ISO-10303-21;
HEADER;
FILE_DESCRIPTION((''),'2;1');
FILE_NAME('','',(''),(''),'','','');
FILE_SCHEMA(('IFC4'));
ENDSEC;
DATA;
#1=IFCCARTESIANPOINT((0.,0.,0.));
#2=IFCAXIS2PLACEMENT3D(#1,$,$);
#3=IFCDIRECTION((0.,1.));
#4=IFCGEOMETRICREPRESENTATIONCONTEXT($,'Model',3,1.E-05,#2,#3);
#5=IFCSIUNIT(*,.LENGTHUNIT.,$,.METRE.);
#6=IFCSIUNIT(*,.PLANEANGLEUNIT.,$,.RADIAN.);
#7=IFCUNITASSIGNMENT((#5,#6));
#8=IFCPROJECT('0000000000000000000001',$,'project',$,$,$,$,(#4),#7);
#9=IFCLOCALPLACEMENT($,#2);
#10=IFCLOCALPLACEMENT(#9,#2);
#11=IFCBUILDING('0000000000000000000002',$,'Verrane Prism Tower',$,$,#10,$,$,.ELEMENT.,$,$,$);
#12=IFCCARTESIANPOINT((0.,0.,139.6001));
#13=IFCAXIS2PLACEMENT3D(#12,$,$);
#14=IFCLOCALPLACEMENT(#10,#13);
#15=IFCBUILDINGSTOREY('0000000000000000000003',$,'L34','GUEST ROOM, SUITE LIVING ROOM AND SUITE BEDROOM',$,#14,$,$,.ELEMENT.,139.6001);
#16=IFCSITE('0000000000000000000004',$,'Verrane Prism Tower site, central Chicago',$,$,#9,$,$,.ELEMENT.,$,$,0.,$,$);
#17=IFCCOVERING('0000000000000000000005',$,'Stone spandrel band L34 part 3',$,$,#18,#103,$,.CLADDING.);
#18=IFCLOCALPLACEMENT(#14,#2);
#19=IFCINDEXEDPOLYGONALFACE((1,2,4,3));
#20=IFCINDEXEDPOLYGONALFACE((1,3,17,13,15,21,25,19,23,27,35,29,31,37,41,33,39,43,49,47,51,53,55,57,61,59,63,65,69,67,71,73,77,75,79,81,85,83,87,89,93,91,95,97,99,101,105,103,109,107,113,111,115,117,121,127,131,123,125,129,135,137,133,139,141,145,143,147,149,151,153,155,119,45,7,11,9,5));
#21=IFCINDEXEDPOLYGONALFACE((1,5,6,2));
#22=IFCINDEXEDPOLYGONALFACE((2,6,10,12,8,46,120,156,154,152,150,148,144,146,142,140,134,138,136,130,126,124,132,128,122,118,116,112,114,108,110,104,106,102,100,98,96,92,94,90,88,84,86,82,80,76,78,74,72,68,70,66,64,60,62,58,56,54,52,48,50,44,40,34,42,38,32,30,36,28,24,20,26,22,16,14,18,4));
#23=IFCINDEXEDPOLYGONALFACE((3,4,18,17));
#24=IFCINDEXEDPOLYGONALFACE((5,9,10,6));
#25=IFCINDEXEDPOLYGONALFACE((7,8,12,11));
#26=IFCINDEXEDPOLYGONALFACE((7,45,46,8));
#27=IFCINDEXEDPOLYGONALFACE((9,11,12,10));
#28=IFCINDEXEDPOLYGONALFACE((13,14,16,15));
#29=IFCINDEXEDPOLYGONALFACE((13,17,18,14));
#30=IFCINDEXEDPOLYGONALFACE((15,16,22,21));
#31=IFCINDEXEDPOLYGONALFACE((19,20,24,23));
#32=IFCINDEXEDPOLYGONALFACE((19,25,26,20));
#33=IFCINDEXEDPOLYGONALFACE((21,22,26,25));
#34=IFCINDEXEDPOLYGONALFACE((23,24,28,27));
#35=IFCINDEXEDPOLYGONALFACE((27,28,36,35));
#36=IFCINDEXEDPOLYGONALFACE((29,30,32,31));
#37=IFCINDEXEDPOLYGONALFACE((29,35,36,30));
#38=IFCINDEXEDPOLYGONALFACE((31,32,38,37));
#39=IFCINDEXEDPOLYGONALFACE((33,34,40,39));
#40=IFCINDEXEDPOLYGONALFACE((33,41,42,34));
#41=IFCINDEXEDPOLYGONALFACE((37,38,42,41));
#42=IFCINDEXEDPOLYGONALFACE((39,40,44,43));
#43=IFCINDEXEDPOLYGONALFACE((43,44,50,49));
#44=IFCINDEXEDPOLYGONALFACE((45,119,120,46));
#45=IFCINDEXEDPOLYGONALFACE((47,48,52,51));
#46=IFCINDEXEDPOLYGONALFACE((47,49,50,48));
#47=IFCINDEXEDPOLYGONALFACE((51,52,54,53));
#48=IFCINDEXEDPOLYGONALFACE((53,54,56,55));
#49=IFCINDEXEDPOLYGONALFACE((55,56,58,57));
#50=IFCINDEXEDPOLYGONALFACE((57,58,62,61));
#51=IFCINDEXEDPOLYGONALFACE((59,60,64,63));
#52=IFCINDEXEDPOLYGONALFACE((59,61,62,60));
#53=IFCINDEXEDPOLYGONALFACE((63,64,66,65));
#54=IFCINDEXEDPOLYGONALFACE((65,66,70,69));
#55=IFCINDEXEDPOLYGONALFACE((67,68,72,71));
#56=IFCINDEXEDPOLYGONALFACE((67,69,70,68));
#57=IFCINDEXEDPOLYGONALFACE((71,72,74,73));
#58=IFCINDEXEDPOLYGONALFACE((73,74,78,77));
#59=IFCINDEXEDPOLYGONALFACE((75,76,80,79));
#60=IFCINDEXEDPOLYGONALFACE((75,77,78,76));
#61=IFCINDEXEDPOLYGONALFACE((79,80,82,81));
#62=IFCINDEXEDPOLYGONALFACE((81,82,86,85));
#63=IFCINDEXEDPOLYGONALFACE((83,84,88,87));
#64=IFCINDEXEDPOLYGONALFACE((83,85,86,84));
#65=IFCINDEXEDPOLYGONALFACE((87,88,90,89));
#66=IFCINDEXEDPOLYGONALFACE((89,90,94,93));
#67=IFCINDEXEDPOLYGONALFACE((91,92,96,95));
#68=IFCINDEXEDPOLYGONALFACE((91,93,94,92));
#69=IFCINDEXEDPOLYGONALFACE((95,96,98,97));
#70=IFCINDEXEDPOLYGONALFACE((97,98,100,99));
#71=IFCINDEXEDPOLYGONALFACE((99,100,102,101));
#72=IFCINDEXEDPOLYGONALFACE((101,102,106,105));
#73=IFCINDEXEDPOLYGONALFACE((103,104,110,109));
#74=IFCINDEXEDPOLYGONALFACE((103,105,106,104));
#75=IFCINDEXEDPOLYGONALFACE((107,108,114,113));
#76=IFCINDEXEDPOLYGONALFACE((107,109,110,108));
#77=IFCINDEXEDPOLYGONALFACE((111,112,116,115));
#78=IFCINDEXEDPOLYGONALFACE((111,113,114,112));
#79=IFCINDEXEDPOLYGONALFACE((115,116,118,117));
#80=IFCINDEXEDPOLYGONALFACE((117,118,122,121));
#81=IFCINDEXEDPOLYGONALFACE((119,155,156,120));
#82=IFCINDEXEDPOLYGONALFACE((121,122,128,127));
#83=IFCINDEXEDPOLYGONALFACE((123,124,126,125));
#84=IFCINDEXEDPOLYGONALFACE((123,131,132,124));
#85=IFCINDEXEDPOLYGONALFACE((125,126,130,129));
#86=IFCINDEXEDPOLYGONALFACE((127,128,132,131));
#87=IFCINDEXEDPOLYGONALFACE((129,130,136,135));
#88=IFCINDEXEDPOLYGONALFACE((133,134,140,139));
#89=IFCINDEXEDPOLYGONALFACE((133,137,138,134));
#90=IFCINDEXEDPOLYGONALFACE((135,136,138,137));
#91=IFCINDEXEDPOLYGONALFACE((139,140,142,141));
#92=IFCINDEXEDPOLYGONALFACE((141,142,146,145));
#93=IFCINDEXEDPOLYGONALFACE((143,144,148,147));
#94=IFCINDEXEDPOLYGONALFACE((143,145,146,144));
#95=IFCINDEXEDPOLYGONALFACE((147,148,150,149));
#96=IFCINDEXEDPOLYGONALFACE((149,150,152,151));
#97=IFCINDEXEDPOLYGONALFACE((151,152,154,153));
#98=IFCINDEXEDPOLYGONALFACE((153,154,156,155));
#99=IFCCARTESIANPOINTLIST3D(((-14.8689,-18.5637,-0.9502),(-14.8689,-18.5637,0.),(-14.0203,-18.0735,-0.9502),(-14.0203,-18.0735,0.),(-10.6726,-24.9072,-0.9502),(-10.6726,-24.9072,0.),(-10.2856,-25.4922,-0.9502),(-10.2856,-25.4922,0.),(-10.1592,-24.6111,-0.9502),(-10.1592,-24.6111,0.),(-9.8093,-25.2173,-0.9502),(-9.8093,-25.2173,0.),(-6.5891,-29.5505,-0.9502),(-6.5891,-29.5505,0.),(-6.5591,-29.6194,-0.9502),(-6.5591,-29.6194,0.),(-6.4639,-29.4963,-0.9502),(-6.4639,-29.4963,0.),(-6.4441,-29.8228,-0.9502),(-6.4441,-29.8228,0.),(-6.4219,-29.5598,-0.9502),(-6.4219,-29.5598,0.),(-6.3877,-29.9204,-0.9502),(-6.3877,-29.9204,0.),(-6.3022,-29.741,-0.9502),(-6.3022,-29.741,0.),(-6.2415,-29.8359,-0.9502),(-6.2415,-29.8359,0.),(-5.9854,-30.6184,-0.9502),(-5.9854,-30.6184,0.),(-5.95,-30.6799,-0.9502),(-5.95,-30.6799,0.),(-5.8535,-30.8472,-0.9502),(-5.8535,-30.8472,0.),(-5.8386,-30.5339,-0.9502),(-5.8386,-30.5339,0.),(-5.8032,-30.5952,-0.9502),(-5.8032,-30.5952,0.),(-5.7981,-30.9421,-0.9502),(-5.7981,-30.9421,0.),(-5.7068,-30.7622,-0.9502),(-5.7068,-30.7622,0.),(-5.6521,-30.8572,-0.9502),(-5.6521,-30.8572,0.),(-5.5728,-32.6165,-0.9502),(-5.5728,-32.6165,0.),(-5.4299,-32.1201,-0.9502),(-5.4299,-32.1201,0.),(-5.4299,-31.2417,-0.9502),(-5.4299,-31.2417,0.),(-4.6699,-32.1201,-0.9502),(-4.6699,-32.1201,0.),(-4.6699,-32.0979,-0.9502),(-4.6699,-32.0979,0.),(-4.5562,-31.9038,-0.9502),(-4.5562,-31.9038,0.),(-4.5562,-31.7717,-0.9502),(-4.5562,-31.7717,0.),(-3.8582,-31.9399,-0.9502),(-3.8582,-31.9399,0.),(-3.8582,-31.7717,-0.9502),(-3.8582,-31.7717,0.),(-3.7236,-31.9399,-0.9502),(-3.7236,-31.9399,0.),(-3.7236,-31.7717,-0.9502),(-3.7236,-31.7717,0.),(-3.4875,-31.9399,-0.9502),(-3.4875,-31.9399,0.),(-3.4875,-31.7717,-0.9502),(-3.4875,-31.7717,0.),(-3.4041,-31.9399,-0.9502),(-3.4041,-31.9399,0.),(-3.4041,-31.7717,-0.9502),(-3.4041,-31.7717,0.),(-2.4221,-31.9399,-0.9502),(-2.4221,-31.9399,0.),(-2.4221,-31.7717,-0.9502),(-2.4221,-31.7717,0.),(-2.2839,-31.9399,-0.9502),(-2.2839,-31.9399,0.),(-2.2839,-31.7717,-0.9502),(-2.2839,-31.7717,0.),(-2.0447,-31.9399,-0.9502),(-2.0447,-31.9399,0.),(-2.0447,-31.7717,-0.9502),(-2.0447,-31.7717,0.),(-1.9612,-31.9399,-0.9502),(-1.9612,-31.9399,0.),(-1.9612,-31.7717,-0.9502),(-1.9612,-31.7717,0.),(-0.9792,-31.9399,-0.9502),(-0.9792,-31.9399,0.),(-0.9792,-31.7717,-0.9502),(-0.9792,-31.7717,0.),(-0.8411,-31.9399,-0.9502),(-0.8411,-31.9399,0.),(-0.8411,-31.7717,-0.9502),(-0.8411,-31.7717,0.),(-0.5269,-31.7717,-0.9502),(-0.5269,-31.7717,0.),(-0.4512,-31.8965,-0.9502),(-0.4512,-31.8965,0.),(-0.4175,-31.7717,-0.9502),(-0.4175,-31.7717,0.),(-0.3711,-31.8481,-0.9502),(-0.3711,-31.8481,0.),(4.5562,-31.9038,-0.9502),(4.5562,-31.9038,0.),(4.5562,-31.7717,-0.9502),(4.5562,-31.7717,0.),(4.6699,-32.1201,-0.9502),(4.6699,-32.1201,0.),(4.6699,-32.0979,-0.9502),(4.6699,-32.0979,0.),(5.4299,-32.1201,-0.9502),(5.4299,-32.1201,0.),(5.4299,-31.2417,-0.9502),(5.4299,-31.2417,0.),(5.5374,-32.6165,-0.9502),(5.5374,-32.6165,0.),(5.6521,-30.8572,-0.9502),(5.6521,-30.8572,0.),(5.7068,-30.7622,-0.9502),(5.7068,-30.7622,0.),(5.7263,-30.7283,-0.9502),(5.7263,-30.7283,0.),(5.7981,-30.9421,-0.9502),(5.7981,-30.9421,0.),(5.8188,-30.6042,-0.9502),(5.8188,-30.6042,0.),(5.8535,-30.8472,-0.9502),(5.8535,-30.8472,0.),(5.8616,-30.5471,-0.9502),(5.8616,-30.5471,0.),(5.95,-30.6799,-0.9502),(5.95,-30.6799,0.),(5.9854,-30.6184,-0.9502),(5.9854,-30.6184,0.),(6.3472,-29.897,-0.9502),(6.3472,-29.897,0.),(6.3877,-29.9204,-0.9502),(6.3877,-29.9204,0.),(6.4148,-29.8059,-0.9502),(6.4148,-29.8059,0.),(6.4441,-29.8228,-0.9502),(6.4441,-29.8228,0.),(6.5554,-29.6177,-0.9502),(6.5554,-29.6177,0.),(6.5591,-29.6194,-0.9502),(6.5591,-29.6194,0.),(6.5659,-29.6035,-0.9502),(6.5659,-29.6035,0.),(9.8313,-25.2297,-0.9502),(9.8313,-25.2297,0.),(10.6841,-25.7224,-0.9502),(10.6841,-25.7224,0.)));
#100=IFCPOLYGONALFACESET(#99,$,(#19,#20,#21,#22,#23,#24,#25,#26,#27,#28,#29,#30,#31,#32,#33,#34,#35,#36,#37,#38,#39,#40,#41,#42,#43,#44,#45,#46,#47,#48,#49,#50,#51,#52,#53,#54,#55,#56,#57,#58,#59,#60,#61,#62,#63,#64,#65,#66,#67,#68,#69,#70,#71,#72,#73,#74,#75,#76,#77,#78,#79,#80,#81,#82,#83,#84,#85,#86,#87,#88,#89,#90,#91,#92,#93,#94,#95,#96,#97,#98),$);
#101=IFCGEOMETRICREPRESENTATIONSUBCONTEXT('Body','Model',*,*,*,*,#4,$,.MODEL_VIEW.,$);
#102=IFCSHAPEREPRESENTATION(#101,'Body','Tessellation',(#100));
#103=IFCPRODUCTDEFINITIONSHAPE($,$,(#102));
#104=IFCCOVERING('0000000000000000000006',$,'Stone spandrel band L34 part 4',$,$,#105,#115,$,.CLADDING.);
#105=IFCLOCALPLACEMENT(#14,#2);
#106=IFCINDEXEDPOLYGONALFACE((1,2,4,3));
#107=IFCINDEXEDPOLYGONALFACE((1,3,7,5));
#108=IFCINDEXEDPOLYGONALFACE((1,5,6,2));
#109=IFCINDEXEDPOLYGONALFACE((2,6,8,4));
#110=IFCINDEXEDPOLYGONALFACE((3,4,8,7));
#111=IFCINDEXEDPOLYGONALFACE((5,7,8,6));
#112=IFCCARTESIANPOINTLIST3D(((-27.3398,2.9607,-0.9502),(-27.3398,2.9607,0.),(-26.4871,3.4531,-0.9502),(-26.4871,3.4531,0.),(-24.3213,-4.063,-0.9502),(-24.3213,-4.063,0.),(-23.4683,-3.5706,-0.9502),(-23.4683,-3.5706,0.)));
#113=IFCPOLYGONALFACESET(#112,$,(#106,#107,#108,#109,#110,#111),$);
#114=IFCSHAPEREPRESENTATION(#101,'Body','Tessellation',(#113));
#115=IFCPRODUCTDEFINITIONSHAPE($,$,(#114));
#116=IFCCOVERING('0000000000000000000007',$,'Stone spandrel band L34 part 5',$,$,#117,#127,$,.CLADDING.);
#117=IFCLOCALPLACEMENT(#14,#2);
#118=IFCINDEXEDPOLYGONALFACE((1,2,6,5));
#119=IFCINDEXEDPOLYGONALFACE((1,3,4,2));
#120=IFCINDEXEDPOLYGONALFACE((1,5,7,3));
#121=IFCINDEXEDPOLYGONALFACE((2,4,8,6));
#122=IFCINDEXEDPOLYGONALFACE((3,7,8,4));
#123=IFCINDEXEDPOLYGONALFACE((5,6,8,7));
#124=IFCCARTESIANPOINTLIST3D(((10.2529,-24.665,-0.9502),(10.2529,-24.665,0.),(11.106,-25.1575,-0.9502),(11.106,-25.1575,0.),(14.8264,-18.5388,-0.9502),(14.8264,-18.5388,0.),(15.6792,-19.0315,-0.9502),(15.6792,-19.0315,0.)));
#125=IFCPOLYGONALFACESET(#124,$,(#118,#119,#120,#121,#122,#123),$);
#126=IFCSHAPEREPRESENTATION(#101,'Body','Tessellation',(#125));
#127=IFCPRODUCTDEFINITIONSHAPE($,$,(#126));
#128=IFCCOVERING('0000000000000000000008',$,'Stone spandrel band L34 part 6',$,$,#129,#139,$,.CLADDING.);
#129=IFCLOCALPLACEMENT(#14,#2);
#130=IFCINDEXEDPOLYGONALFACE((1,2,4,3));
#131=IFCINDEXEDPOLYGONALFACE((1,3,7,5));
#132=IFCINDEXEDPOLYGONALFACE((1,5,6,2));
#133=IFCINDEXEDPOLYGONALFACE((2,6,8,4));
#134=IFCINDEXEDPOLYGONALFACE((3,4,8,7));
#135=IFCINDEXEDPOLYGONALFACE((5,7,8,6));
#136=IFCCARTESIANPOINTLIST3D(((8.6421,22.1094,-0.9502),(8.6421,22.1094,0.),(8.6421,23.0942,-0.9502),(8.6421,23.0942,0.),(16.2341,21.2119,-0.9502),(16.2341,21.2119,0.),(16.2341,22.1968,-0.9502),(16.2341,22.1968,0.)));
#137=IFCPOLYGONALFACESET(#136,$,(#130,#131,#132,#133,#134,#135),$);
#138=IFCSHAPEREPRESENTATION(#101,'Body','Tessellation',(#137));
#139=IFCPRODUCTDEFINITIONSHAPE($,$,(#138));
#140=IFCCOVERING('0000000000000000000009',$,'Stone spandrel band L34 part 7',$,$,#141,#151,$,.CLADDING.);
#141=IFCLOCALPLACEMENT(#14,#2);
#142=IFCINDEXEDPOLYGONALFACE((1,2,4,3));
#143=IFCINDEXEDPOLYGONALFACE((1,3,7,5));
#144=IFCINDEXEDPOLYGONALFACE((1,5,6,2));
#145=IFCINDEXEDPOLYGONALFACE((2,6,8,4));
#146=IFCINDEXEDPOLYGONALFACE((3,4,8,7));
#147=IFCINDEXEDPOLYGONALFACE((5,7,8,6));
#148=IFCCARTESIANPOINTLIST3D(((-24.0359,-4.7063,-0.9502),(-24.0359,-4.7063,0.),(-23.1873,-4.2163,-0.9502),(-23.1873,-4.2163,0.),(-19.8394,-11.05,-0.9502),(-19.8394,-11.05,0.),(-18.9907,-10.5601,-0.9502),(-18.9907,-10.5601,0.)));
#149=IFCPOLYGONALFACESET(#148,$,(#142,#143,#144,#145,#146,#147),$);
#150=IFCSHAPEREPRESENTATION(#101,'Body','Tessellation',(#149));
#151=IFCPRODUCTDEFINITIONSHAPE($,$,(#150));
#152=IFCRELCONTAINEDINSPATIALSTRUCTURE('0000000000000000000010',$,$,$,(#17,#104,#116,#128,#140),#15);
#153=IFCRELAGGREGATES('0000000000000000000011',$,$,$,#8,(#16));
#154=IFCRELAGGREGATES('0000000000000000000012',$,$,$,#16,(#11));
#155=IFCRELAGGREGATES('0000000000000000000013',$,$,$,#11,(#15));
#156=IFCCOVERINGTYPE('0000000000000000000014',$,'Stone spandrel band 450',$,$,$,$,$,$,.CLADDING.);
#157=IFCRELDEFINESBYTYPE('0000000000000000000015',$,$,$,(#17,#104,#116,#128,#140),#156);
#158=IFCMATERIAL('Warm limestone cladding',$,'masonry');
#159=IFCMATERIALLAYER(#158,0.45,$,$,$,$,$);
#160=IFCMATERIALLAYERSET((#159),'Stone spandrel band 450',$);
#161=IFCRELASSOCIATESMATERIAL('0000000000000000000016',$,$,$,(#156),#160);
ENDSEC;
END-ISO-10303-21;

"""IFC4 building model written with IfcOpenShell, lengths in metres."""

from ifc_helpers import new_model, si_unit, direction, frame, origin, place, context, subcontext, project, spatial, polyline, outline, extrude, material, layer, layer_set, type_object, element, save


model = new_model("IFC4")

# Units and contexts
model_context = context("Model", 3, precision=1e-05, world=origin(), true_north=direction((0.0, 1.0)))
body_context = subcontext(model_context, "Body", "Model", "MODEL_VIEW")
ifc_project = project(units=[si_unit("LENGTHUNIT", "METRE"), si_unit("PLANEANGLEUNIT", "RADIAN")], contexts=[model_context])

# Site, building, storey
site_placement = place(None, origin())
site = spatial("IfcSite", under=ifc_project, at=site_placement, Name="Verrane Prism Tower site, central Chicago", CompositionType="ELEMENT", RefElevation=0.0)
building_placement = place(site_placement, origin())
building = spatial("IfcBuilding", under=site, at=building_placement, Name="Verrane Prism Tower", CompositionType="ELEMENT")
storey_placement = place(building_placement, frame((0.0, 0.0, 139.6001)))
storey = spatial("IfcBuildingStorey", under=building, at=storey_placement, Name="L34", Description="GUEST ROOM, SUITE LIVING ROOM AND SUITE BEDROOM", CompositionType="ELEMENT", Elevation=139.6001)

# Coverings
ifc_material_1 = material(Name="Warm limestone cladding", Category="masonry")
ifc_layer_1 = layer(ifc_material_1, 0.45)
ifc_layer_set_1 = layer_set([ifc_layer_1], Name="Stone spandrel band 450")
covering_type = type_object("IfcCoveringType", Name="Stone spandrel band 450", PredefinedType="CLADDING", material=ifc_layer_set_1)
covering_1_placement = place(storey_placement, frame((0.0, 0.0, -0.9502)))
element("IfcCovering", 1, at=covering_1_placement, inside=storey, type_object=covering_type, Name="Stone spandrel band L34 part 3", PredefinedType="CLADDING", context=body_context, shape_type="SweptSolid", body=[
    extrude(outline(polyline([(5.5374, -32.6165), (10.6841, -25.7224), (9.8313, -25.2297), (6.5659, -29.6035), (6.5591, -29.6194), (6.5554, -29.6177), (6.4148, -29.8059), (6.4441, -29.8228), (6.3877, -29.9204), (6.3472, -29.897), (5.8616, -30.5471), (5.9854, -30.6184), (5.95, -30.6799), (5.8188, -30.6042), (5.7263, -30.7283), (5.7068, -30.7622), (5.8535, -30.8472), (5.7981, -30.9421), (5.6521, -30.8572), (5.4299, -31.2417), (5.4299, -32.1201), (4.6699, -32.1201), (4.6699, -32.0979), (4.5562, -31.9038), (4.5562, -31.7717), (-0.4175, -31.7717), (-0.3711, -31.8481), (-0.4512, -31.8965), (-0.5269, -31.7717), (-0.8411, -31.7717), (-0.8411, -31.9399), (-0.9792, -31.9399), (-0.9792, -31.7717), (-1.9612, -31.7717), (-1.9612, -31.9399), (-2.0447, -31.9399), (-2.0447, -31.7717), (-2.2839, -31.7717), (-2.2839, -31.9399), (-2.4221, -31.9399), (-2.4221, -31.7717), (-3.4041, -31.7717), (-3.4041, -31.9399), (-3.4875, -31.9399), (-3.4875, -31.7717), (-3.7236, -31.7717), (-3.7236, -31.9399), (-3.8582, -31.9399), (-3.8582, -31.7717), (-4.5562, -31.7717), (-4.5562, -31.9038), (-4.6699, -32.0979), (-4.6699, -32.1201), (-5.4299, -32.1201), (-5.4299, -31.2417), (-5.6521, -30.8572), (-5.7981, -30.9421), (-5.8535, -30.8472), (-5.7068, -30.7622), (-5.8032, -30.5952), (-5.95, -30.6799), (-5.9854, -30.6184), (-5.8386, -30.5339), (-6.2415, -29.8359), (-6.3877, -29.9204), (-6.4441, -29.8228), (-6.3022, -29.741), (-6.4219, -29.5598), (-6.5591, -29.6194), (-6.5891, -29.5505), (-6.4639, -29.4963), (-14.0203, -18.0735), (-14.8689, -18.5637), (-10.6726, -24.9072), (-10.1592, -24.6111), (-9.8093, -25.2173), (-10.2856, -25.4922), (-5.5728, -32.6165), (5.5374, -32.6165)])), origin(), (0.0, 0.0, 1.0), 0.9502),
])
covering_2_placement = place(storey_placement, frame((0.0, 0.0, -0.9502)))
element("IfcCovering", 2, at=covering_2_placement, inside=storey, type_object=covering_type, Name="Stone spandrel band L34 part 4", PredefinedType="CLADDING", context=body_context, shape_type="SweptSolid", body=[
    extrude(outline(polyline([(-24.3213, -4.063), (-23.4683, -3.5706), (-26.4871, 3.4531), (-27.3398, 2.9607), (-24.3213, -4.063)])), origin(), (0.0, 0.0, 1.0), 0.9502),
])
covering_3_placement = place(storey_placement, frame((0.0, 0.0, -0.9502)))
element("IfcCovering", 3, at=covering_3_placement, inside=storey, type_object=covering_type, Name="Stone spandrel band L34 part 5", PredefinedType="CLADDING", context=body_context, shape_type="SweptSolid", body=[
    extrude(outline(polyline([(15.6792, -19.0315), (14.8264, -18.5388), (10.2529, -24.665), (11.106, -25.1575), (15.6792, -19.0315)])), origin(), (0.0, 0.0, 1.0), 0.9502),
])
covering_4_placement = place(storey_placement, frame((0.0, 0.0, -0.9502)))
element("IfcCovering", 4, at=covering_4_placement, inside=storey, type_object=covering_type, Name="Stone spandrel band L34 part 6", PredefinedType="CLADDING", context=body_context, shape_type="SweptSolid", body=[
    extrude(outline(polyline([(8.6421, 22.1094), (16.2341, 21.2119), (16.2341, 22.1968), (8.6421, 23.0942), (8.6421, 22.1094)])), origin(), (0.0, 0.0, 1.0), 0.9502),
])
covering_5_placement = place(storey_placement, frame((0.0, 0.0, -0.9502)))
element("IfcCovering", 5, at=covering_5_placement, inside=storey, type_object=covering_type, Name="Stone spandrel band L34 part 7", PredefinedType="CLADDING", context=body_context, shape_type="SweptSolid", body=[
    extrude(outline(polyline([(-18.9907, -10.5601), (-23.1873, -4.2163), (-24.0359, -4.7063), (-19.8394, -11.05), (-18.9907, -10.5601)])), origin(), (0.0, 0.0, 1.0), 0.9502),
])

save(model, "model.ifc")
